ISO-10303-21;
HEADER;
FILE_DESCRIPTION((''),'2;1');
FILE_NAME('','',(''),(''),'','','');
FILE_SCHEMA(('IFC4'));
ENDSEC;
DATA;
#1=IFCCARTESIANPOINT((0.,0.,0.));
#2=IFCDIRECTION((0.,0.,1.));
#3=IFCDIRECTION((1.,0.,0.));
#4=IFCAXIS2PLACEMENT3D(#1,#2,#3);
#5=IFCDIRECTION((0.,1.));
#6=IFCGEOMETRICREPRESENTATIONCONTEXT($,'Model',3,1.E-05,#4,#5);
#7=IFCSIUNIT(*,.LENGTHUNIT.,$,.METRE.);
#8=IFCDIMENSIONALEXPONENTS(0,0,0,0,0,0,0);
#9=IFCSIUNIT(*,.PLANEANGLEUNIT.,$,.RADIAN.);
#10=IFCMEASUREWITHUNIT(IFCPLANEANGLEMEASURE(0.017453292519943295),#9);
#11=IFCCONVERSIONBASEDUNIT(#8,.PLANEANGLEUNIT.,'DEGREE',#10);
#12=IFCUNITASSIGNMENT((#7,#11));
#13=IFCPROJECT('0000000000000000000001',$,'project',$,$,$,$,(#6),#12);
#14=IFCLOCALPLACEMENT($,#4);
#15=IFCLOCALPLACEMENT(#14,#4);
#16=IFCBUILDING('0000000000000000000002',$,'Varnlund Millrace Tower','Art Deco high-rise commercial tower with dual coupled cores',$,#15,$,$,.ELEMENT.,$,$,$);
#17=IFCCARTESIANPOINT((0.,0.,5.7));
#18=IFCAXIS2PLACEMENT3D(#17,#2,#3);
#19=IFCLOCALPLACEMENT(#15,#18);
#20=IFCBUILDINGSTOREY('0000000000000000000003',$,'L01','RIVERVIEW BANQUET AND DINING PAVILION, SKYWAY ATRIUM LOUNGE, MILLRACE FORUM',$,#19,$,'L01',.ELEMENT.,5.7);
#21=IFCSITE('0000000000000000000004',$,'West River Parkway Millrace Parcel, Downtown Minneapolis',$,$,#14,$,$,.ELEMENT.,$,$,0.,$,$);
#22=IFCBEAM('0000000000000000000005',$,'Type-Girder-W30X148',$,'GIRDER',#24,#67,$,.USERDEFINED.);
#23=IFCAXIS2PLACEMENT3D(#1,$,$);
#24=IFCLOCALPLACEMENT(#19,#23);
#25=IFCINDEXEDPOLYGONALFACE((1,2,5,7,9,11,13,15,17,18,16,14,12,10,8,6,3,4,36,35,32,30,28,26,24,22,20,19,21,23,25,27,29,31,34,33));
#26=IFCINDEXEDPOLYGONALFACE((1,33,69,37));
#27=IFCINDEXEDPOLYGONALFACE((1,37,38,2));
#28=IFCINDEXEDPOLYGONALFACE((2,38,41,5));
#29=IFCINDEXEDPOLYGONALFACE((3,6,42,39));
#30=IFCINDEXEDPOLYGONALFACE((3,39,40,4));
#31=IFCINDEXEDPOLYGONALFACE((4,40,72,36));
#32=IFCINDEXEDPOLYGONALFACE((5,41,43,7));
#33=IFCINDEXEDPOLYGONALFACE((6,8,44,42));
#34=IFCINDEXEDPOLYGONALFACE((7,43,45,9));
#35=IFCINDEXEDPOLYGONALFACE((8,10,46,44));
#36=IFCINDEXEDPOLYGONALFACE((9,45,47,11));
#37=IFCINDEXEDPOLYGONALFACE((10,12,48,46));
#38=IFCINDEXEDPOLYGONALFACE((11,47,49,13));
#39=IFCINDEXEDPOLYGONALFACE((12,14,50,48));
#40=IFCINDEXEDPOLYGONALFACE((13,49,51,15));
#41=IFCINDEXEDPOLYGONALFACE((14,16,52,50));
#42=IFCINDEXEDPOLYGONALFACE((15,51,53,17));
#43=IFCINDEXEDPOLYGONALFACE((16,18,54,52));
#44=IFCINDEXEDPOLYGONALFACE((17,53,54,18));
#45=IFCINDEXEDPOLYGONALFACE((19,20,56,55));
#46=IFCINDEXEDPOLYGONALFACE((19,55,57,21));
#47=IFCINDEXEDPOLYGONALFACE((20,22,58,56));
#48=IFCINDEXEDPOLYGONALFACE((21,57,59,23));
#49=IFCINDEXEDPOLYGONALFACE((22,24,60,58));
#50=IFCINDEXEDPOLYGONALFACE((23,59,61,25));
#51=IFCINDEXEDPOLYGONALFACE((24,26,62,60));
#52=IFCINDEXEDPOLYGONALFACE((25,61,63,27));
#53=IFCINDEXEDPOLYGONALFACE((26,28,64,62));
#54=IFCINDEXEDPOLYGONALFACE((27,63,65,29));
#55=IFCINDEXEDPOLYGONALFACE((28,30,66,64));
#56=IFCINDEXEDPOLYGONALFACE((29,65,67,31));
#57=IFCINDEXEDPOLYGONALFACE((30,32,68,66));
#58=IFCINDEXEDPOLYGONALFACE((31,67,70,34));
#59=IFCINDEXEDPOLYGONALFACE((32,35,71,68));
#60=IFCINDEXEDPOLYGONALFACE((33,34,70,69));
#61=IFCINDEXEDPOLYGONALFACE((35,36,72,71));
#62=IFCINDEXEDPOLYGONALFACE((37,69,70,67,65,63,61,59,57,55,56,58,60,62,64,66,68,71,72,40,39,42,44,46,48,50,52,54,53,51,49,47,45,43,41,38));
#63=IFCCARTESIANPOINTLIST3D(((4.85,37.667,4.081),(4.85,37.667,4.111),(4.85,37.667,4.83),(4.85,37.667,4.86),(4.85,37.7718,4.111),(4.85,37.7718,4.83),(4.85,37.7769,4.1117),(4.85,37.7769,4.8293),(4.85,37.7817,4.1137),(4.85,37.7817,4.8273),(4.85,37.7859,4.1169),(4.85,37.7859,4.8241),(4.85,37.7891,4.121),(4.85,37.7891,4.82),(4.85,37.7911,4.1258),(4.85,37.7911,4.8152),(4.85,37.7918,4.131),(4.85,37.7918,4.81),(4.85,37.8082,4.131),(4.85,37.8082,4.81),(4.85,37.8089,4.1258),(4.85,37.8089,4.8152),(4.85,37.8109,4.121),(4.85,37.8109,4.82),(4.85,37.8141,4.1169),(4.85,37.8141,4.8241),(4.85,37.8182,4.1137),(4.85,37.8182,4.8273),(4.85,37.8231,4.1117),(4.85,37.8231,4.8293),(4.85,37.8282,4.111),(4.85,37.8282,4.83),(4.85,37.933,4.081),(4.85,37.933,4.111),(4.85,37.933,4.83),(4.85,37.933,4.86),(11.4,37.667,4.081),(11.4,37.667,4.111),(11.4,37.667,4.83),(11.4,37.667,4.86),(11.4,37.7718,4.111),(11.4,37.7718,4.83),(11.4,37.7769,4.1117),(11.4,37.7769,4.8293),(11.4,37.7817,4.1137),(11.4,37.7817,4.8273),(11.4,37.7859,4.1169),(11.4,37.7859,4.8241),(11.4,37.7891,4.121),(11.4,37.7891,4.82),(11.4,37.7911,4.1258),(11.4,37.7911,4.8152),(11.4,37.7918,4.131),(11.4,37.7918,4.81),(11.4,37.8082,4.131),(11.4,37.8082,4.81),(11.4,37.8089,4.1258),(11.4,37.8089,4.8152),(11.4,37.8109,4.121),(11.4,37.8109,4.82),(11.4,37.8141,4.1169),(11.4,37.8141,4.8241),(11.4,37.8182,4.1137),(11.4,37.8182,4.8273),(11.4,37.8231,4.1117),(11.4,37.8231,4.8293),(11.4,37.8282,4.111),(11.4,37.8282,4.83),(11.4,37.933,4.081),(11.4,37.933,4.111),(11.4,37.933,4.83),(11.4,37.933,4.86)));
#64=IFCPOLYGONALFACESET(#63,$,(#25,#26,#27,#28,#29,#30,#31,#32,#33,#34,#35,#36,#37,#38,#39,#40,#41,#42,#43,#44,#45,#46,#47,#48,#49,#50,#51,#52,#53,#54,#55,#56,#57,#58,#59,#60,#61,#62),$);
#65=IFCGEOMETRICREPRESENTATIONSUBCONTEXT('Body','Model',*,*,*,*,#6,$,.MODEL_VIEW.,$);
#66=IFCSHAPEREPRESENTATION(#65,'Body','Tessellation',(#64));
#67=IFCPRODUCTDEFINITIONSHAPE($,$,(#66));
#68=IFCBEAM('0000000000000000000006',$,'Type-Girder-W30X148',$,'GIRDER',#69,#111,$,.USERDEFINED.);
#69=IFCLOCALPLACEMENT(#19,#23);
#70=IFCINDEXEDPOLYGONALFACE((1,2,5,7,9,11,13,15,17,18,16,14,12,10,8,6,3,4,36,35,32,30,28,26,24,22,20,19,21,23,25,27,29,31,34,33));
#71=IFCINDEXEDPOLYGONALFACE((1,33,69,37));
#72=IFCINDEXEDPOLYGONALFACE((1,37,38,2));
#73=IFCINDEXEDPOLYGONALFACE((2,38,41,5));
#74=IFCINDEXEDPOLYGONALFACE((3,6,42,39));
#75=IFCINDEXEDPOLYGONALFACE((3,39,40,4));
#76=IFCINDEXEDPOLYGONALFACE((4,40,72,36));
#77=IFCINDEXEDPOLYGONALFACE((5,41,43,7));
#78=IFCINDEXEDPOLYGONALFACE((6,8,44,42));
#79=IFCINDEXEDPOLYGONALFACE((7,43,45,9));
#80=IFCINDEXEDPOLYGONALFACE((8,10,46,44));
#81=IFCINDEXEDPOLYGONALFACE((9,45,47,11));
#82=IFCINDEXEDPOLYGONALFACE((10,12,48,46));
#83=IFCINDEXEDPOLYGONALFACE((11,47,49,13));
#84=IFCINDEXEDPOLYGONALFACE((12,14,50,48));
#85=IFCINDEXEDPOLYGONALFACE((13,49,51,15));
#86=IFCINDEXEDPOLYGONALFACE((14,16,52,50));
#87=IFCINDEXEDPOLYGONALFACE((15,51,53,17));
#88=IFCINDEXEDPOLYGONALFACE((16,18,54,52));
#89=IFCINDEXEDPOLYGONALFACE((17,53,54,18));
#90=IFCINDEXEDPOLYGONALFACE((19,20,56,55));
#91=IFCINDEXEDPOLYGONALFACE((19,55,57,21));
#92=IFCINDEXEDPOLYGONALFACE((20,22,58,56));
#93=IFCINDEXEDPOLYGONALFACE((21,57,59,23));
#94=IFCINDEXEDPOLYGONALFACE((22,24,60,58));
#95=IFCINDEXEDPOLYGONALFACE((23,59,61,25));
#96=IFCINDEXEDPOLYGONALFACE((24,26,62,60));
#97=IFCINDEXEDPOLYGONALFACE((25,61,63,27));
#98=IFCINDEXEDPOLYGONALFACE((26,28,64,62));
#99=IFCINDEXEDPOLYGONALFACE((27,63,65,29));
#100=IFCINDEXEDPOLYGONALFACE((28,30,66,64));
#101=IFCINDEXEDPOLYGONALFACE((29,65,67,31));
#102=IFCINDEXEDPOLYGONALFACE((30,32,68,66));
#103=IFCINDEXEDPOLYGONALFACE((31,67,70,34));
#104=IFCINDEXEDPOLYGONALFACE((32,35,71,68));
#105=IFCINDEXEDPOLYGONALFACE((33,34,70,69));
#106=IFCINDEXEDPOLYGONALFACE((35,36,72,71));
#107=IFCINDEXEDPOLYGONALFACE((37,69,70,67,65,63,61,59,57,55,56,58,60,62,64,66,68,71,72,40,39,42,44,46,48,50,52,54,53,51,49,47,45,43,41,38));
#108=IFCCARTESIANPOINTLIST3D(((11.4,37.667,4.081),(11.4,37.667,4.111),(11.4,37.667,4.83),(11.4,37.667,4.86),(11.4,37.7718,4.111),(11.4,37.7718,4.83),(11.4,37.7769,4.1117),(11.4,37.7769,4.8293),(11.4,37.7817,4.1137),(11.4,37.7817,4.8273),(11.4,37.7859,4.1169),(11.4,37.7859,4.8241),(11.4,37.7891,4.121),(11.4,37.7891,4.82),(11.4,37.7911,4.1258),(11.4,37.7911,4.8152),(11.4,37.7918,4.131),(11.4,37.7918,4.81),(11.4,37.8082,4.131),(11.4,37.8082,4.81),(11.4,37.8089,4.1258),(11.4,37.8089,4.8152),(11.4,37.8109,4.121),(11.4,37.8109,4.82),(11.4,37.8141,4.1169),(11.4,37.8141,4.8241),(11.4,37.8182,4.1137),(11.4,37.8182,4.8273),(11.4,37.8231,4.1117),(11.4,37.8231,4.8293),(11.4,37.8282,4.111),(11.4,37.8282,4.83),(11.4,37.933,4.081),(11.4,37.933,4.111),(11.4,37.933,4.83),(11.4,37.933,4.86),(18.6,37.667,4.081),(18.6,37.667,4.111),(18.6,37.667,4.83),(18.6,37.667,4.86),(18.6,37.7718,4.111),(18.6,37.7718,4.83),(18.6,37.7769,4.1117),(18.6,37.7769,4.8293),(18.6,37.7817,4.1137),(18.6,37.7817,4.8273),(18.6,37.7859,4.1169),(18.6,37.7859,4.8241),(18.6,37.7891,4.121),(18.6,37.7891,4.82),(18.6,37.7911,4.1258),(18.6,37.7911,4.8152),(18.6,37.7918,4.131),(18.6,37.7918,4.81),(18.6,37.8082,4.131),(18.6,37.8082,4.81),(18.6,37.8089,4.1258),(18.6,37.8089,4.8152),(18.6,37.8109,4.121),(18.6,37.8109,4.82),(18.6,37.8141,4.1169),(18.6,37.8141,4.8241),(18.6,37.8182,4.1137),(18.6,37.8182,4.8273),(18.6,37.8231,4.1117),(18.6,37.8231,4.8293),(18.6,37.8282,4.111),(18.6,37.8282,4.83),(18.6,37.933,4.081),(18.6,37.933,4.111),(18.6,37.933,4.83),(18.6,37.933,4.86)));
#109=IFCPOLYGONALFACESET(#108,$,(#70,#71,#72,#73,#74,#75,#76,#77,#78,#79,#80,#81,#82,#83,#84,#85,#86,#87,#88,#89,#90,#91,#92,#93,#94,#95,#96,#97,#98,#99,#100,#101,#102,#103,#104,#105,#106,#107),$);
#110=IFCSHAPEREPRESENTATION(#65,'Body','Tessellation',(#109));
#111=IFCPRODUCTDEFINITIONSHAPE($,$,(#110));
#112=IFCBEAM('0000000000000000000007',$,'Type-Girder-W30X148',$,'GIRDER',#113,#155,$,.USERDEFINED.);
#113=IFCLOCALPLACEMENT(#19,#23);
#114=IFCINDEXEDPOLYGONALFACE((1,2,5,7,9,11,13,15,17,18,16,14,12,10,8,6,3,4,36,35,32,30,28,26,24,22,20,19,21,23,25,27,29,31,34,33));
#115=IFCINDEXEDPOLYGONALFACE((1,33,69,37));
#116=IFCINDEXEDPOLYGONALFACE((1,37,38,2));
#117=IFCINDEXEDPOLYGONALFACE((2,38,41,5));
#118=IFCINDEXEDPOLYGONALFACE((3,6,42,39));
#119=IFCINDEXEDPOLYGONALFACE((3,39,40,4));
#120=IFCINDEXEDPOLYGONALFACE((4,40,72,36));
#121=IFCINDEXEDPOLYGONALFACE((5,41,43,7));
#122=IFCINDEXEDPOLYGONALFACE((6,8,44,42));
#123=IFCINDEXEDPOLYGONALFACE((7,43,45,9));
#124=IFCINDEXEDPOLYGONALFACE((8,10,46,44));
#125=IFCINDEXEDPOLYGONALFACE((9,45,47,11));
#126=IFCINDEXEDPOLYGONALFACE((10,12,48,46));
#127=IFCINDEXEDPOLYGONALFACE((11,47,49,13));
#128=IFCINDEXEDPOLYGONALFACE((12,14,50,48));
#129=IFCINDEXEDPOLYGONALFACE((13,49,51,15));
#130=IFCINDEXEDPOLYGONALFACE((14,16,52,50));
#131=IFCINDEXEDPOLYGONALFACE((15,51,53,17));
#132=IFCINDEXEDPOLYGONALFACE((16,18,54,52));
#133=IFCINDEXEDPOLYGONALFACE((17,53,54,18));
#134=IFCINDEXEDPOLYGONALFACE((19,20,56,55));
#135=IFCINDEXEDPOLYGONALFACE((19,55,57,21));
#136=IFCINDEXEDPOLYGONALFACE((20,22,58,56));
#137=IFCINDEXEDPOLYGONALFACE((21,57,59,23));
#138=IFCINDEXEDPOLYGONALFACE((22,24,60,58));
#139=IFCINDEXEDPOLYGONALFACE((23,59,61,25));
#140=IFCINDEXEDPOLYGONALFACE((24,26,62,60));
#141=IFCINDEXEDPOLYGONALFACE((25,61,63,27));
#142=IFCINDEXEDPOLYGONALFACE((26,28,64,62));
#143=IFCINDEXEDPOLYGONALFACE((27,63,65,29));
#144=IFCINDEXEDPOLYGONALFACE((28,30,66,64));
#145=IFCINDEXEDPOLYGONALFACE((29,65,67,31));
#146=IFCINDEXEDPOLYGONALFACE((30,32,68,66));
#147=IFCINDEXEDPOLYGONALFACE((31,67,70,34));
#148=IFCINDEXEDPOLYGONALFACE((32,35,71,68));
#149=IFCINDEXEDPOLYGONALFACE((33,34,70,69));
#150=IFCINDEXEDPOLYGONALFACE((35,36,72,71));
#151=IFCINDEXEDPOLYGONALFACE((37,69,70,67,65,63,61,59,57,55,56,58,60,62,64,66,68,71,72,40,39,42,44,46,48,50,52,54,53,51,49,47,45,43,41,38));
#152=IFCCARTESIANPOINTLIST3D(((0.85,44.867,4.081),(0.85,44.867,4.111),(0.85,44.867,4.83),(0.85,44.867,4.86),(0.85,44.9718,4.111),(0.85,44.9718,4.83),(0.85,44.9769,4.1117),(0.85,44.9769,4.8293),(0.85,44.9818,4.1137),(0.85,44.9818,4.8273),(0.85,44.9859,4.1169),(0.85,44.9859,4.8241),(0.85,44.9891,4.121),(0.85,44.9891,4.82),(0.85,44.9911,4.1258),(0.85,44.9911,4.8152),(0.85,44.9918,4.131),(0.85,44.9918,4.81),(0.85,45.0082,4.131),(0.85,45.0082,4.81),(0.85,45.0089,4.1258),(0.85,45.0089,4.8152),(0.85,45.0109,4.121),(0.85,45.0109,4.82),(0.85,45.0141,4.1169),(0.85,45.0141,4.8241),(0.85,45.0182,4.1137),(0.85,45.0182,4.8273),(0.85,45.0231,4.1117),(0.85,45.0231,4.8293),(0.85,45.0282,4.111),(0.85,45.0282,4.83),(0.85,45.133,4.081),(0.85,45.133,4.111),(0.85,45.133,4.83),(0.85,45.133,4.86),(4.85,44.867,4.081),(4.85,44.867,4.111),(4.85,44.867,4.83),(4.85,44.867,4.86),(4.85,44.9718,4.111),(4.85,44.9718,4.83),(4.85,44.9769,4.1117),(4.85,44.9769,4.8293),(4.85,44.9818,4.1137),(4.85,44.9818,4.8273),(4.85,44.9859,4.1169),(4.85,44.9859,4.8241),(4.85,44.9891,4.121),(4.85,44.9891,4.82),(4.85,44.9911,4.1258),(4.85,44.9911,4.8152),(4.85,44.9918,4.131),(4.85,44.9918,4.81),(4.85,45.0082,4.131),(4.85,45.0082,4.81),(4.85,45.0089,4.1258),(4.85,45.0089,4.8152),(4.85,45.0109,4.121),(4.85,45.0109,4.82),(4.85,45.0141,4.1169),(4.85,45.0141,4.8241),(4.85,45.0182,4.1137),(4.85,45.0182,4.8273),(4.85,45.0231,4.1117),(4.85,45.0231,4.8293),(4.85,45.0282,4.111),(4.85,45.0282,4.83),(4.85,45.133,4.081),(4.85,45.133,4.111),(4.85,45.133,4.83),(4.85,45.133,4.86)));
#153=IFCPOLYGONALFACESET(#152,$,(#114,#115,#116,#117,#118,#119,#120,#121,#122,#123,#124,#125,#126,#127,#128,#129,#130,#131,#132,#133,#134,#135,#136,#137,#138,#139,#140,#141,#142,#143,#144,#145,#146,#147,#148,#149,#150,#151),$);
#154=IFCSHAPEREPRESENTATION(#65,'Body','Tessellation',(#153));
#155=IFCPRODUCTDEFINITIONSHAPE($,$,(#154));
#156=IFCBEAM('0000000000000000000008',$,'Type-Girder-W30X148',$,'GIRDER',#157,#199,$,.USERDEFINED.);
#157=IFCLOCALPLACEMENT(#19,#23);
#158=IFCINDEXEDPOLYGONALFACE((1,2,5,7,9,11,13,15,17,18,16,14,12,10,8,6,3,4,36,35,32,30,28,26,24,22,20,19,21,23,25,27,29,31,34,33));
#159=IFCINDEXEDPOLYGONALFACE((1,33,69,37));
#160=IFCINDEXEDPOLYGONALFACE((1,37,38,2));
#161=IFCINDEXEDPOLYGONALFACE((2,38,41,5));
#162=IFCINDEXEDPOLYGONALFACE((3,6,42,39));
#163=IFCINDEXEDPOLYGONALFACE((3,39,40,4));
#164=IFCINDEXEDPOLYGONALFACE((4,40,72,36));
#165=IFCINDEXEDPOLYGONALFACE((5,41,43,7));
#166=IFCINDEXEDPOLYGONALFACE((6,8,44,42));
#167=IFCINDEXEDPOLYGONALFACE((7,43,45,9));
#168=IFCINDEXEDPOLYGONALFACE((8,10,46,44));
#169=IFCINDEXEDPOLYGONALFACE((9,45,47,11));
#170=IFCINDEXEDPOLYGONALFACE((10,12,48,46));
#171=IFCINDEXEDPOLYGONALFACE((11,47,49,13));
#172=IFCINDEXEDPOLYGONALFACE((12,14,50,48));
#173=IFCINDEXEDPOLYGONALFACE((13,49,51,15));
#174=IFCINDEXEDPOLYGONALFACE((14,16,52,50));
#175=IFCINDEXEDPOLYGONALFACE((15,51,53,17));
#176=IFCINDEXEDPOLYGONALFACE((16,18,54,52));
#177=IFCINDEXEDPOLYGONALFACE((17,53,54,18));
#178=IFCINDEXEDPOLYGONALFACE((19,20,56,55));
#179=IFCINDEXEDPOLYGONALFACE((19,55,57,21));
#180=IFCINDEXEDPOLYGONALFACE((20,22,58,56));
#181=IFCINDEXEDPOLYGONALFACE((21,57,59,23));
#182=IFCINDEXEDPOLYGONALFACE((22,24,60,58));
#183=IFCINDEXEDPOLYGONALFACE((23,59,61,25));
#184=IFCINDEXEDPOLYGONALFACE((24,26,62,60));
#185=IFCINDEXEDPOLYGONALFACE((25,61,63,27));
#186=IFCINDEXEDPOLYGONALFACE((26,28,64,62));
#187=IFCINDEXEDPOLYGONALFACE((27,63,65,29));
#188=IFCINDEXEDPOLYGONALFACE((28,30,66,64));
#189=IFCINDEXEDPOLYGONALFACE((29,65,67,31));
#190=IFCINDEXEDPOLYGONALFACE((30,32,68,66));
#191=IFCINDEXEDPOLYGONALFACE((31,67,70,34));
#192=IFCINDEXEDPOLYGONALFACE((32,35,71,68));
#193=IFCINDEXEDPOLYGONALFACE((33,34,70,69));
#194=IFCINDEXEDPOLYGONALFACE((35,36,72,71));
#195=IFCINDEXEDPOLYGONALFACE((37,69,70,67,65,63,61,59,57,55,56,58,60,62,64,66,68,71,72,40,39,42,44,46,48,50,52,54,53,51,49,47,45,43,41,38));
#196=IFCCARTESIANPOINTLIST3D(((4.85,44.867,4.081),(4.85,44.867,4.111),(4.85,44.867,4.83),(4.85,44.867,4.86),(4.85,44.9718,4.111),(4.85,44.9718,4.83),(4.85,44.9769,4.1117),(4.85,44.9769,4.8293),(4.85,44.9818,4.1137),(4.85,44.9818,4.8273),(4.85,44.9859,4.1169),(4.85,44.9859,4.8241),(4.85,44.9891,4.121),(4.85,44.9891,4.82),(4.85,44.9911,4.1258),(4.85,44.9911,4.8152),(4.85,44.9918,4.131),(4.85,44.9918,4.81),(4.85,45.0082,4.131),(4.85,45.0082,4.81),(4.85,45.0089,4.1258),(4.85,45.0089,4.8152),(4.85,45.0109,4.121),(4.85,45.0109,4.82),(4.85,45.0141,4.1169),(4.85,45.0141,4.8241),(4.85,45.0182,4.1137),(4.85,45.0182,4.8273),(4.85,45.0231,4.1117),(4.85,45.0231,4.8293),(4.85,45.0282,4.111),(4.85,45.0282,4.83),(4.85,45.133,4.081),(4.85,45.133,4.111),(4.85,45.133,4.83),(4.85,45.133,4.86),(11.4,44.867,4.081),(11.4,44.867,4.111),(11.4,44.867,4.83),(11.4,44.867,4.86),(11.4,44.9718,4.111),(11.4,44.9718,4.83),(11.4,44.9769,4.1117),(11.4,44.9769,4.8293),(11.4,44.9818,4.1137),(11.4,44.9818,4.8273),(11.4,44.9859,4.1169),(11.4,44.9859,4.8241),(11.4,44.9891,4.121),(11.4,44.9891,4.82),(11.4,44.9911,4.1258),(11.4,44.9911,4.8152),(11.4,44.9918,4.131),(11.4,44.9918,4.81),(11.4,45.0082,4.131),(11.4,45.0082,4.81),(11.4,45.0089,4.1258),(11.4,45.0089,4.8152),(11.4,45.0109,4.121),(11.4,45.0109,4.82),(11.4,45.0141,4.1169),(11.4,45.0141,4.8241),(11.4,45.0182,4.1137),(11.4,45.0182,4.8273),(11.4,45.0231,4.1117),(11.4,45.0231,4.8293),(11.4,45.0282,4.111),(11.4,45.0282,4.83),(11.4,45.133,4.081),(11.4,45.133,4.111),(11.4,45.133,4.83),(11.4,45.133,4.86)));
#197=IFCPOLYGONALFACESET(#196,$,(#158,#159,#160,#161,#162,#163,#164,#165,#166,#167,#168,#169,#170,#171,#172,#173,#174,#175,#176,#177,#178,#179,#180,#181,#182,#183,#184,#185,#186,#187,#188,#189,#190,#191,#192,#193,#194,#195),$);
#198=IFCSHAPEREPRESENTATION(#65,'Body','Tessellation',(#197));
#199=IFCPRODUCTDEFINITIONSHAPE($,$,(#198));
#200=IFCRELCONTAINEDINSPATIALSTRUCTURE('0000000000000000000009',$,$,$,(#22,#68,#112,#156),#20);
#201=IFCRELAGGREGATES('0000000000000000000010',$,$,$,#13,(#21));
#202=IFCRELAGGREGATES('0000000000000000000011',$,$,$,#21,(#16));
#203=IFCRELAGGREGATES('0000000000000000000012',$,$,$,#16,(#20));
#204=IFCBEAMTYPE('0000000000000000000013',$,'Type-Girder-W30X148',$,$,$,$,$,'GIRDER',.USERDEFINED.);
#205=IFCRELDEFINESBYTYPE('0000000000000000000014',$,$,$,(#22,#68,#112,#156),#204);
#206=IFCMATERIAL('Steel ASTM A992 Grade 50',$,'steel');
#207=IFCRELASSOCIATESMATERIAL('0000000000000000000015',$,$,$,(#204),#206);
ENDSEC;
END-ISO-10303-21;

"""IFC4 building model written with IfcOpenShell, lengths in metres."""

from ifc_helpers import new_model, entity, si_unit, converted_unit, direction, frame, origin_with_axes, origin_2d_with_axis, place, context, subcontext, project, spatial, i_section, extrude, material, material_profile, profile_set, type_object, element, save


model = new_model("IFC4")

# Units and contexts
model_context = context("Model", 3, precision=1e-05, world=origin_with_axes(), true_north=direction((0.0, 1.0)))
body_context = subcontext(model_context, "Body", "Model", "MODEL_VIEW")
ifc_project = project(units=[si_unit("LENGTHUNIT", "METRE"), converted_unit("PLANEANGLEUNIT", "DEGREE", entity("IfcPlaneAngleMeasure", 0.017453292519943295), si_unit("PLANEANGLEUNIT", "RADIAN"), dimensions=[0, 0, 0, 0, 0, 0, 0])], contexts=[model_context])

# Site, building, storey
site_placement = place(None, origin_with_axes())
site = spatial("IfcSite", under=ifc_project, at=site_placement, Name="West River Parkway Millrace Parcel, Downtown Minneapolis", CompositionType="ELEMENT", RefElevation=0.0)
building_placement = place(site_placement, origin_with_axes())
building = spatial("IfcBuilding", under=site, at=building_placement, Name="Varnlund Millrace Tower", Description="Art Deco high-rise commercial tower with dual coupled cores", CompositionType="ELEMENT")
storey_placement = place(building_placement, frame((0.0, 0.0, 5.7), z_axis=(0.0, 0.0, 1.0), x_axis=(1.0, 0.0, 0.0)))
storey = spatial("IfcBuildingStorey", under=building, at=storey_placement, Name="L01", Description="RIVERVIEW BANQUET AND DINING PAVILION, SKYWAY ATRIUM LOUNGE, MILLRACE FORUM", LongName="L01", CompositionType="ELEMENT", Elevation=5.7)

# Beams
ifc_material_1 = material(Name="Steel ASTM A992 Grade 50", Category="steel")
ifc_material_profile_1 = material_profile(ifc_material_1, i_section(OverallWidth=0.266, OverallDepth=0.779, WebThickness=0.0165, FlangeThickness=0.03, FilletRadius=0.02, at=origin_2d_with_axis()), Name="Steel ASTM A992 Grade 50")
ifc_profile_set_1 = profile_set([ifc_material_profile_1], Name="Steel ASTM A992 Grade 50")
beam_type_1 = type_object("IfcBeamType", Name="Type-Girder-W30X148", ElementType="GIRDER", PredefinedType="USERDEFINED", material=ifc_profile_set_1)
beam_1_placement = place(storey_placement, frame((4.85, 37.8, 4.4705), z_axis=(1.0, 0.0, 0.0), x_axis=(0.0, 1.0, 0.0)))
element("IfcBeam", 1, at=beam_1_placement, inside=storey, type_object=beam_type_1, Name="Type-Girder-W30X148", ObjectType="GIRDER", PredefinedType="USERDEFINED", context=body_context, shape_type="SweptSolid", body=[
    extrude(i_section(OverallWidth=0.266, OverallDepth=0.779, WebThickness=0.0165, FlangeThickness=0.03, FilletRadius=0.02, at=origin_2d_with_axis()), origin_with_axes(), (0.0, 0.0, 1.0), 6.55),
])
beam_2_placement = place(storey_placement, frame((11.4, 37.8, 4.4705), z_axis=(1.0, 0.0, 0.0), x_axis=(0.0, 1.0, 0.0)))
element("IfcBeam", 2, at=beam_2_placement, inside=storey, type_object=beam_type_1, Name="Type-Girder-W30X148", ObjectType="GIRDER", PredefinedType="USERDEFINED", context=body_context, shape_type="SweptSolid", body=[
    extrude(i_section(OverallWidth=0.266, OverallDepth=0.779, WebThickness=0.0165, FlangeThickness=0.03, FilletRadius=0.02, at=origin_2d_with_axis()), origin_with_axes(), (0.0, 0.0, 1.0), 7.2),
])
beam_3_placement = place(storey_placement, frame((0.85, 45.0, 4.4705), z_axis=(1.0, 0.0, 0.0), x_axis=(0.0, 1.0, 0.0)))
element("IfcBeam", 3, at=beam_3_placement, inside=storey, type_object=beam_type_1, Name="Type-Girder-W30X148", ObjectType="GIRDER", PredefinedType="USERDEFINED", context=body_context, shape_type="SweptSolid", body=[
    extrude(i_section(OverallWidth=0.266, OverallDepth=0.779, WebThickness=0.0165, FlangeThickness=0.03, FilletRadius=0.02, at=origin_2d_with_axis()), origin_with_axes(), (0.0, 0.0, 1.0), 4.0),
])
beam_4_placement = place(storey_placement, frame((4.85, 45.0, 4.4705), z_axis=(1.0, 0.0, 0.0), x_axis=(0.0, 1.0, 0.0)))
element("IfcBeam", 4, at=beam_4_placement, inside=storey, type_object=beam_type_1, Name="Type-Girder-W30X148", ObjectType="GIRDER", PredefinedType="USERDEFINED", context=body_context, shape_type="SweptSolid", body=[
    extrude(i_section(OverallWidth=0.266, OverallDepth=0.779, WebThickness=0.0165, FlangeThickness=0.03, FilletRadius=0.02, at=origin_2d_with_axis()), origin_with_axes(), (0.0, 0.0, 1.0), 6.55),
])

save(model, "model.ifc")
